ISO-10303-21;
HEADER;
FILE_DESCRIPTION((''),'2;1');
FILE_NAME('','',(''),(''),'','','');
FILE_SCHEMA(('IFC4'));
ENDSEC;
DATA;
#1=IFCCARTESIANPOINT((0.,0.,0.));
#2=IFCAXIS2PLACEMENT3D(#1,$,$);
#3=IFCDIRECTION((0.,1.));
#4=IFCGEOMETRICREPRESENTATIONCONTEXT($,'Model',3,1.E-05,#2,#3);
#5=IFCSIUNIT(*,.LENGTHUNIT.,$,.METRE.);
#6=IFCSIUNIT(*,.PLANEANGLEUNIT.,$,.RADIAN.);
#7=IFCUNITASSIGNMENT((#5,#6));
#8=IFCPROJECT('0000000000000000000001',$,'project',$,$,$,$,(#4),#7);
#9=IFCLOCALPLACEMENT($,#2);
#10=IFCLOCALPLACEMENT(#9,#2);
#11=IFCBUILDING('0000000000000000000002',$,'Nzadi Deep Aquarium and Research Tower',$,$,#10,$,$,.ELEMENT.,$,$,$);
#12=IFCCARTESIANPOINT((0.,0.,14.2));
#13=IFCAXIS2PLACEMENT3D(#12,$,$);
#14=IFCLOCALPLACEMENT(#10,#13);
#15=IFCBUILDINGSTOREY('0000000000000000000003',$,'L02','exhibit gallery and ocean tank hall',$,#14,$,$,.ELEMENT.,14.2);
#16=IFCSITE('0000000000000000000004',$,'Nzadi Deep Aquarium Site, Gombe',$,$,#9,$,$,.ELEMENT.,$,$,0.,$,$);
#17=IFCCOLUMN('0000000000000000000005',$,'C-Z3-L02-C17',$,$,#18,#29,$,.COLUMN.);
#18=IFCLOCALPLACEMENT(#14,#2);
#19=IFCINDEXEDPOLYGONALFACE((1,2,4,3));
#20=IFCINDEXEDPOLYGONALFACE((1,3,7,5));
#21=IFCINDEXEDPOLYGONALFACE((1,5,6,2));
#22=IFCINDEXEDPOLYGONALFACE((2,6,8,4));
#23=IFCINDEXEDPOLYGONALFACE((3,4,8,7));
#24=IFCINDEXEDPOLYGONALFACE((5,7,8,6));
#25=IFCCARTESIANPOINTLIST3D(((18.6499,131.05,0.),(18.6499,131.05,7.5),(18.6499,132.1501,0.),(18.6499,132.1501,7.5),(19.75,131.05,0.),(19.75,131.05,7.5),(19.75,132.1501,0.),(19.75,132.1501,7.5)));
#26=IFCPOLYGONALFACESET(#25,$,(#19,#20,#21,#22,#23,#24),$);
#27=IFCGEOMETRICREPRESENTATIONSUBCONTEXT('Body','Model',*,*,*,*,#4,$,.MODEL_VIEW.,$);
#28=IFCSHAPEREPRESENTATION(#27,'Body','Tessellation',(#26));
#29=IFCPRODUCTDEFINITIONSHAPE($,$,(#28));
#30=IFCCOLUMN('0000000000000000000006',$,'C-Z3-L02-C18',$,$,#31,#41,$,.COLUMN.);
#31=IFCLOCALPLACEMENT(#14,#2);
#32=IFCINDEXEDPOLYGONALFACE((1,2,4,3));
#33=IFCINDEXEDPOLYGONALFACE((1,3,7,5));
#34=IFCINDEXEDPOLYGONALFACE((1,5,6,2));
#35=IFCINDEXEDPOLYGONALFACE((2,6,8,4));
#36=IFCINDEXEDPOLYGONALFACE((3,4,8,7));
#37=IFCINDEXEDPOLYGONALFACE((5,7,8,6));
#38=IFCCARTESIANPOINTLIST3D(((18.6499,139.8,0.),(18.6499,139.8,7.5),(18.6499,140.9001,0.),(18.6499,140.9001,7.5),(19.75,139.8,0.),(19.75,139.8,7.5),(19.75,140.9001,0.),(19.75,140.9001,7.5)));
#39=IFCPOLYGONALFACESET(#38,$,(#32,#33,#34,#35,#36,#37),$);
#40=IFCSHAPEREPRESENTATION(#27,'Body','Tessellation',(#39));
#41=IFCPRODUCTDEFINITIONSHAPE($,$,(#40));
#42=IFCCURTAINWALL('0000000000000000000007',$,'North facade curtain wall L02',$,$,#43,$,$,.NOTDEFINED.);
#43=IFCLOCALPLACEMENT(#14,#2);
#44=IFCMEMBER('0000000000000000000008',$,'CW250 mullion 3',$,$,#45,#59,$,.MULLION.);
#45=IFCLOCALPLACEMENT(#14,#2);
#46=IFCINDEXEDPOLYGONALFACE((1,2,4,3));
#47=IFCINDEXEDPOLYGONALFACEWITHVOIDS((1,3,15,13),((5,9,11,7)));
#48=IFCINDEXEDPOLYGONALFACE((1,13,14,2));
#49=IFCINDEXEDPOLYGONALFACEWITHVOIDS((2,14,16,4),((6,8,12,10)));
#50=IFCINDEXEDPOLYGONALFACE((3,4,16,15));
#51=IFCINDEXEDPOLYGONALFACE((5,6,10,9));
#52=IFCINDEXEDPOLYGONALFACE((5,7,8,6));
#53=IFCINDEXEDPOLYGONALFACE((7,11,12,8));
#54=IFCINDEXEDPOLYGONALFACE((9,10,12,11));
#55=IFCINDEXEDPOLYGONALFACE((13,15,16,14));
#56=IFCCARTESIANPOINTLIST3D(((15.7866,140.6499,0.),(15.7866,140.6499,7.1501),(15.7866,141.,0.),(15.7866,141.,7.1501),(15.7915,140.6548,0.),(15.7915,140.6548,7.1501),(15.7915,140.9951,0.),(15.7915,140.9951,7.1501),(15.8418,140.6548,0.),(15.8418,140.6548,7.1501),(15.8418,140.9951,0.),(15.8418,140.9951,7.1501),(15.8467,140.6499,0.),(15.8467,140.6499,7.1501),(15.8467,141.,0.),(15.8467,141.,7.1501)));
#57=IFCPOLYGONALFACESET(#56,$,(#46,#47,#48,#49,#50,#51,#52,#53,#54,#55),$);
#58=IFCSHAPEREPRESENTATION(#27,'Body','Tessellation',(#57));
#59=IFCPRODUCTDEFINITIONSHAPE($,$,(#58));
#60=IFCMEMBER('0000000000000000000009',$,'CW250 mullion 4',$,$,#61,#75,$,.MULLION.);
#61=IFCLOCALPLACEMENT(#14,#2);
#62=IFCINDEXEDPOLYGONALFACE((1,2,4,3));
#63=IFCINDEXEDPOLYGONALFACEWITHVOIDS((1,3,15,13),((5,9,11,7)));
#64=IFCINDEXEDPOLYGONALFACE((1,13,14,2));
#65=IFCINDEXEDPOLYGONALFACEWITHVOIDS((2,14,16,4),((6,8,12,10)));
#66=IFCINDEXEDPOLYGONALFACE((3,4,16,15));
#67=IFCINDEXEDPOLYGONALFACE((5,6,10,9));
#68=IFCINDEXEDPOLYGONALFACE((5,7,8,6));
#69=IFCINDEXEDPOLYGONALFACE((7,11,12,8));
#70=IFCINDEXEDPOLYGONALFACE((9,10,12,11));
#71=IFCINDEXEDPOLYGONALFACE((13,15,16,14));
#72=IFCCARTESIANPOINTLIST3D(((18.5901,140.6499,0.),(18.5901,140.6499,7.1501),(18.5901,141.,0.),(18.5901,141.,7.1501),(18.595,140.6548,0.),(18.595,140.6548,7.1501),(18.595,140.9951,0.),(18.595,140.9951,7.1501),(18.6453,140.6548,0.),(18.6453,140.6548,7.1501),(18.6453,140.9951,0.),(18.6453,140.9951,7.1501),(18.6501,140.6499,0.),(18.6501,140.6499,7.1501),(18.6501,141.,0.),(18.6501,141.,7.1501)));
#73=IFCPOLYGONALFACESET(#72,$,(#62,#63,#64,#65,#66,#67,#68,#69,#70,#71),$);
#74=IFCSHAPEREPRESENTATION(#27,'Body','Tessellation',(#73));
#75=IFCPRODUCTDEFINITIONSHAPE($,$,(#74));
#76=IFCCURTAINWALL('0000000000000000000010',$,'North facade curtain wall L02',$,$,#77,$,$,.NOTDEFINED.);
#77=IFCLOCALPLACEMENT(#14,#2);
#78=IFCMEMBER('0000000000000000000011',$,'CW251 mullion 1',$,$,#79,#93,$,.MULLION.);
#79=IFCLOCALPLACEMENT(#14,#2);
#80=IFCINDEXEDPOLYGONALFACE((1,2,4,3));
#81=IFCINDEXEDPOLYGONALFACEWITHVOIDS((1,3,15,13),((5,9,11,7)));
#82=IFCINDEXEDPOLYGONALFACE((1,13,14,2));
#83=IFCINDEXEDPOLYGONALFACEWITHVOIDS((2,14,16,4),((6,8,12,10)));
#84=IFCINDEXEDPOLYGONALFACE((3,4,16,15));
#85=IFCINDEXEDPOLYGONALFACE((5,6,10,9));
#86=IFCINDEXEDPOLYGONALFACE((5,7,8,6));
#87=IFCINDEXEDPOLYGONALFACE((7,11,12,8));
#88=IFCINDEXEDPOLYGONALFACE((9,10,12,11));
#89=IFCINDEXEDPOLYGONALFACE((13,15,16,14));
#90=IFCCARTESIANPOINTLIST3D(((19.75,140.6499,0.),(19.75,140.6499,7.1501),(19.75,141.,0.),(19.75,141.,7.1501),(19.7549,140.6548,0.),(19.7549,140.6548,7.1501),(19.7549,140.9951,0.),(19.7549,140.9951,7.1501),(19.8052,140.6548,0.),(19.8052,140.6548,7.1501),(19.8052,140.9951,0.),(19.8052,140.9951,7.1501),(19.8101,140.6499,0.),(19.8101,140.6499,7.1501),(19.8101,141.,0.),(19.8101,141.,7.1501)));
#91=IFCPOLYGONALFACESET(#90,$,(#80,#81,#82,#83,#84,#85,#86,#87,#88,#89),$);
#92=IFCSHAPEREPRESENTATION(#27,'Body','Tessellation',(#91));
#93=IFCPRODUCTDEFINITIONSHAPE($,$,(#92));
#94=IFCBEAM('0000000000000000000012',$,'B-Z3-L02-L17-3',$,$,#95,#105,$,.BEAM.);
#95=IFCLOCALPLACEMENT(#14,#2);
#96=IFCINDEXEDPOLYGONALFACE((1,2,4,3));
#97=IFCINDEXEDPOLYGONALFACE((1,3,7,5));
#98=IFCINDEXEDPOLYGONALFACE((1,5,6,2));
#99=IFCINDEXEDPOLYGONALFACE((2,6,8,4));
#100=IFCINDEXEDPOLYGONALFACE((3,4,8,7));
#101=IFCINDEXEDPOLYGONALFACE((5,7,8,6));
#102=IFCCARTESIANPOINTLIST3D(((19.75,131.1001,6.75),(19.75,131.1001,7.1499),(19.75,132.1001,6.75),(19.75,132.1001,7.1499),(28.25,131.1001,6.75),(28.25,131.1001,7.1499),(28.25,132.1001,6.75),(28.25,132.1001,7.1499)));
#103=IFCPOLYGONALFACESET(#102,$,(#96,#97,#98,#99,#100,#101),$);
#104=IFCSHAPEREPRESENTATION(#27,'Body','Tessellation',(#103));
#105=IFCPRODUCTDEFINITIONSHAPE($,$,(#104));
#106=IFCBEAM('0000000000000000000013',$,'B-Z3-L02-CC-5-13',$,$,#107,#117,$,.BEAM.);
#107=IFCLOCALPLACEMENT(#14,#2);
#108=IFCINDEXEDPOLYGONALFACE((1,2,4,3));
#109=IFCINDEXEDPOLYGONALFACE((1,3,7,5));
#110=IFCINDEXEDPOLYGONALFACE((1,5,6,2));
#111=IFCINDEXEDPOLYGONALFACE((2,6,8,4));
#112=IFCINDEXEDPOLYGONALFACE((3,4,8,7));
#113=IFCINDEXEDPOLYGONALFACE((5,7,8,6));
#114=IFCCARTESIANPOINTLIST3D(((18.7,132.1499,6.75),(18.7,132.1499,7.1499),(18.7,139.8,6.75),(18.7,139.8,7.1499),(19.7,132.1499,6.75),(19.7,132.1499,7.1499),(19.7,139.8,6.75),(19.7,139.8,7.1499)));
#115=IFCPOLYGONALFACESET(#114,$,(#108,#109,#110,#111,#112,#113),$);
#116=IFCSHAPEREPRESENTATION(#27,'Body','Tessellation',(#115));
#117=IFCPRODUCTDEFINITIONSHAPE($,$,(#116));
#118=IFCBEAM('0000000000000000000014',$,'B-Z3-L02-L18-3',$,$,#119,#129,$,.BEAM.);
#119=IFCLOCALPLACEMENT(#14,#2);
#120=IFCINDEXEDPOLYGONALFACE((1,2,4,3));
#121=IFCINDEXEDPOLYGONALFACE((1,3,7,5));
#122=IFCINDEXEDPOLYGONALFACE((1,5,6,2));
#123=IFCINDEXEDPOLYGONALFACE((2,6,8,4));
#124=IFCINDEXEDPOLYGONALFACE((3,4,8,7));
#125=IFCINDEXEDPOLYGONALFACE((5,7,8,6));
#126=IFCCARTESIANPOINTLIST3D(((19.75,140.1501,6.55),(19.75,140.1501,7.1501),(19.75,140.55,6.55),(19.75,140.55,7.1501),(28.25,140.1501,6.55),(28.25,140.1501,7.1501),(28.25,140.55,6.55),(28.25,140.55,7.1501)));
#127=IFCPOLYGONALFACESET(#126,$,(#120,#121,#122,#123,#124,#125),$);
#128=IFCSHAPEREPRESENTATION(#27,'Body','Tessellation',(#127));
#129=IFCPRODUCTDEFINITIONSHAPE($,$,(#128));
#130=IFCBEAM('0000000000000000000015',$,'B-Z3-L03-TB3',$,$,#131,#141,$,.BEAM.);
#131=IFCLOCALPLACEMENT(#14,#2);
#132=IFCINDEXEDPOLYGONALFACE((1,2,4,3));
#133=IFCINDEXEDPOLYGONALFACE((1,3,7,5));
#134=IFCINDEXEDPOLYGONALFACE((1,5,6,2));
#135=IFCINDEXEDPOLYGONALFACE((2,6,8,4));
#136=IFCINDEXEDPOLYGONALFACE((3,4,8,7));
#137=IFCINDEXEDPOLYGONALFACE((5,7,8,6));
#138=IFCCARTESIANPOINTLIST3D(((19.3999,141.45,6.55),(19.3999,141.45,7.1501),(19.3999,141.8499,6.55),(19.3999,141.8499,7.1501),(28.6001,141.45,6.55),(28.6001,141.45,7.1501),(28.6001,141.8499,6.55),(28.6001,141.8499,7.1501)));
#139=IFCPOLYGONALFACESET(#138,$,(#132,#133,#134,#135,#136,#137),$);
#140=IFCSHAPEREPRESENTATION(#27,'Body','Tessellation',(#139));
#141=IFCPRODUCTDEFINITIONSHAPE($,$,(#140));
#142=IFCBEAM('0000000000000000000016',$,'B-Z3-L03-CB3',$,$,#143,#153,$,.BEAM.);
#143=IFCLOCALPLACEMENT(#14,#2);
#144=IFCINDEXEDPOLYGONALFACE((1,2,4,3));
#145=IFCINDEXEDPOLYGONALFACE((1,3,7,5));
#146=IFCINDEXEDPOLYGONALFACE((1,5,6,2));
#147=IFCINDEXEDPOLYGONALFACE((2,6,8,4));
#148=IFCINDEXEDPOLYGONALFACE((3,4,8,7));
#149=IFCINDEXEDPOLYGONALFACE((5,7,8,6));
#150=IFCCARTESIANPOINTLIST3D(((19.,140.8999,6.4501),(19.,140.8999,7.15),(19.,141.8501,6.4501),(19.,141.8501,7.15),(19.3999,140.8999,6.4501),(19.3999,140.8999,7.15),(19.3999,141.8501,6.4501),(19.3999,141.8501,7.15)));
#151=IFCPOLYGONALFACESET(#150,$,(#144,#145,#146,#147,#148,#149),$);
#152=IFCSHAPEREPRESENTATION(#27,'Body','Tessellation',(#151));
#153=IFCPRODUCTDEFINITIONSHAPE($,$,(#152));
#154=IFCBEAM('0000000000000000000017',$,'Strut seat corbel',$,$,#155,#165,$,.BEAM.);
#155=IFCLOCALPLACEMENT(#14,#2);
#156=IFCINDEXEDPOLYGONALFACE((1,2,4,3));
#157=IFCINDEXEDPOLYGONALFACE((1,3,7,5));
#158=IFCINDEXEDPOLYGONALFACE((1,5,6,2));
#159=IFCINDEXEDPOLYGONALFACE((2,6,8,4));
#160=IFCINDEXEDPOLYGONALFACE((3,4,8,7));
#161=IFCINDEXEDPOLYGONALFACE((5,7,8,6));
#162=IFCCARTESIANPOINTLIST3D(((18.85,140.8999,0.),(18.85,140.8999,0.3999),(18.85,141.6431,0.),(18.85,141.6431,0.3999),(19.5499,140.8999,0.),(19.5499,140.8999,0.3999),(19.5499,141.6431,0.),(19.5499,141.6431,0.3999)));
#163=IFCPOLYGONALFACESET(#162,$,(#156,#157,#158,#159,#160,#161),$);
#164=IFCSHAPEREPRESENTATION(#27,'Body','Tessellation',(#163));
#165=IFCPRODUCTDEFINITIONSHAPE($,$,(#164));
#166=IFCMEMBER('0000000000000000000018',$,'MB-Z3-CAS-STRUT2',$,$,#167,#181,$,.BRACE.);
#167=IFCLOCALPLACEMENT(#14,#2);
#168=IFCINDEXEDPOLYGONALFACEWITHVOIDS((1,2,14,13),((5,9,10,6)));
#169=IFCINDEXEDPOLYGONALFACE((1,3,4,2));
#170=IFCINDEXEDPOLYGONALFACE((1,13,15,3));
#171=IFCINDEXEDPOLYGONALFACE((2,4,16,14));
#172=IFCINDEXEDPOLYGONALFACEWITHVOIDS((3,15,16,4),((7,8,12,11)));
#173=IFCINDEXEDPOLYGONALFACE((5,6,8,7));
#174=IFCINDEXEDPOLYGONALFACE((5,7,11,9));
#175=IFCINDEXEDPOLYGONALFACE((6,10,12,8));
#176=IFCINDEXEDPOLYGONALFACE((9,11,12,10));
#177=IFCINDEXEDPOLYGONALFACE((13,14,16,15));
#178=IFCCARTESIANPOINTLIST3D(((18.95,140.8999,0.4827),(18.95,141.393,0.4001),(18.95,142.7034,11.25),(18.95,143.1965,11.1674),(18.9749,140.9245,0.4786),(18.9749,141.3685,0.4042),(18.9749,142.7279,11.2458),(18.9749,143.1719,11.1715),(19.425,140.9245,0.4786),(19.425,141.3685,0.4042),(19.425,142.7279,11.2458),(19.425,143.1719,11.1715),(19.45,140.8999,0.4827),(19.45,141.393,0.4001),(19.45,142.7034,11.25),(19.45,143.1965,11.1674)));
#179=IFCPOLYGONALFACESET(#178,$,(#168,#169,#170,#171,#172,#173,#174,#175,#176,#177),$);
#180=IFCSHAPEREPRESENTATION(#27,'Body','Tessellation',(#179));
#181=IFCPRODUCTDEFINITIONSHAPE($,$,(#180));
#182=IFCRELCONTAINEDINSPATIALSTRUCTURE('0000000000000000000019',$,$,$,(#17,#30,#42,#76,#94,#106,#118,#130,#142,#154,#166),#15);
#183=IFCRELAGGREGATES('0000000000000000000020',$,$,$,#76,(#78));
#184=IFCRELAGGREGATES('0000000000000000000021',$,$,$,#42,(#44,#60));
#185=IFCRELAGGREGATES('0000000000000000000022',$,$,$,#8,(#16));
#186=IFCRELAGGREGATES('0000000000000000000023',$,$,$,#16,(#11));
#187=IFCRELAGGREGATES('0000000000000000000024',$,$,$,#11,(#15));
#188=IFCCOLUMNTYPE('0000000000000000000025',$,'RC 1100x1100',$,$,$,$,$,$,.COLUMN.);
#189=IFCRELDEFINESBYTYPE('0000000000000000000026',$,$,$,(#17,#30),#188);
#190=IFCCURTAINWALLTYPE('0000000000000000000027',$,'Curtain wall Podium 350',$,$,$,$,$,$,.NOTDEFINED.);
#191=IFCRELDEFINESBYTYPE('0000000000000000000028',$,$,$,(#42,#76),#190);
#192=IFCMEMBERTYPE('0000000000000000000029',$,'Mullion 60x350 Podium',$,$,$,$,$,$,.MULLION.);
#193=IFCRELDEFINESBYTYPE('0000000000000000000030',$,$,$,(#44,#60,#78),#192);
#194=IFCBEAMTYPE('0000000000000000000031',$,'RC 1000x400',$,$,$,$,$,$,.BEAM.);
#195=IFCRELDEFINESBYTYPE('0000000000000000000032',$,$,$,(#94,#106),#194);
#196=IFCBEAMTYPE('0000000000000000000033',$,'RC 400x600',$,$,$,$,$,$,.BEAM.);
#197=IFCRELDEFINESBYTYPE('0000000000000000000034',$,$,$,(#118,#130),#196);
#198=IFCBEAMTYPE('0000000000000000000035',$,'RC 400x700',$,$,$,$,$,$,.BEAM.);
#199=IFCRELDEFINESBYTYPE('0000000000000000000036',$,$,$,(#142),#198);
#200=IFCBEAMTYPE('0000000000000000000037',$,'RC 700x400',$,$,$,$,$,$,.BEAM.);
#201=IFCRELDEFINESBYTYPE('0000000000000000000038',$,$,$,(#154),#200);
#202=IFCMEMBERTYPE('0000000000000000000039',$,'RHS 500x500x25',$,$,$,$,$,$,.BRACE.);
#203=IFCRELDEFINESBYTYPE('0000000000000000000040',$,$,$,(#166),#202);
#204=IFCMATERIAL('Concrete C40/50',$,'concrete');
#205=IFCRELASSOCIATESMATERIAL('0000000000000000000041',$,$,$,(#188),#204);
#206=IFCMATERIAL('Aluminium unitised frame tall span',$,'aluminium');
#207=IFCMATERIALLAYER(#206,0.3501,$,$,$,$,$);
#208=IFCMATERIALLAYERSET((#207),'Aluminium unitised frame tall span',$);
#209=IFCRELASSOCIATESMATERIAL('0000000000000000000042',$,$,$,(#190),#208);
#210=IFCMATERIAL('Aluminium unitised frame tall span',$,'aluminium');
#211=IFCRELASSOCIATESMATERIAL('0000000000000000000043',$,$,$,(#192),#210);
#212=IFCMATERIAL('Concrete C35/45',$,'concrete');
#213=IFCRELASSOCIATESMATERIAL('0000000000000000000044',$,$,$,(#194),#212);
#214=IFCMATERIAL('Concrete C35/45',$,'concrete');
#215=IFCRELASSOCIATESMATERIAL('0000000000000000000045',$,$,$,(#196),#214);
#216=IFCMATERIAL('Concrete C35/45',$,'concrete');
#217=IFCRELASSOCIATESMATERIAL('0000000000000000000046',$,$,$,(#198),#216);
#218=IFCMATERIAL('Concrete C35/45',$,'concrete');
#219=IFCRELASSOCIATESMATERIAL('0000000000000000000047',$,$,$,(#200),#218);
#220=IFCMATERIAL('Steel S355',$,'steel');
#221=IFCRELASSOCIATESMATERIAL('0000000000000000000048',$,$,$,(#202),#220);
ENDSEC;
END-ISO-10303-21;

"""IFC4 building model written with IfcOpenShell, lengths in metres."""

from ifc_helpers import new_model, si_unit, direction, frame, origin, origin_2d, place, context, subcontext, project, spatial, rectangle, hollow_rectangle, extrude, material, layer, layer_set, material_profile, profile_set, type_object, element, aggregate, save


model = new_model("IFC4")

# Units and contexts
model_context = context("Model", 3, precision=1e-05, world=origin(), true_north=direction((0.0, 1.0)))
body_context = subcontext(model_context, "Body", "Model", "MODEL_VIEW")
ifc_project = project(units=[si_unit("LENGTHUNIT", "METRE"), si_unit("PLANEANGLEUNIT", "RADIAN")], contexts=[model_context])

# Site, building, storey
site_placement = place(None, origin())
site = spatial("IfcSite", under=ifc_project, at=site_placement, Name="Nzadi Deep Aquarium Site, Gombe", CompositionType="ELEMENT", RefElevation=0.0)
building_placement = place(site_placement, origin())
building = spatial("IfcBuilding", under=site, at=building_placement, Name="Nzadi Deep Aquarium and Research Tower", CompositionType="ELEMENT")
storey_placement = place(building_placement, frame((0.0, 0.0, 14.2)))
storey = spatial("IfcBuildingStorey", under=building, at=storey_placement, Name="L02", Description="exhibit gallery and ocean tank hall", CompositionType="ELEMENT", Elevation=14.2)

# Columns
ifc_material_1 = material(Name="Concrete C40/50", Category="concrete")
ifc_material_profile_1 = material_profile(ifc_material_1, rectangle(XDim=1.1001, YDim=1.1001, at=origin_2d()))
ifc_profile_set_1 = profile_set([ifc_material_profile_1], Name="Concrete C40/50")
column_type = type_object("IfcColumnType", Name="RC 1100x1100", PredefinedType="COLUMN", material=ifc_profile_set_1)
for number, where, z_axis, x_axis, name in (
    (1, (19.2, 131.6001, 0.0), (0.0, 0.0, 1.0), (1.0, 0.0, 0.0), "C-Z3-L02-C17"),
    (2, (19.2, 140.3501, 0.0), (0.0, 0.0, 1.0), (1.0, 0.0, 0.0), "C-Z3-L02-C18"),
):
    element("IfcColumn", number, at=place(storey_placement, frame(where, z_axis=z_axis, x_axis=x_axis)), inside=storey, type_object=column_type, Name=name, PredefinedType="COLUMN", context=body_context, shape_type="SweptSolid", body=[
        extrude(rectangle(XDim=1.1001, YDim=1.1001, at=origin_2d()), origin(), (0.0, 0.0, 1.0), 7.5),
    ])

# Curtain wall, members
ifc_material_2 = material(Name="Aluminium unitised frame tall span", Category="aluminium")
ifc_layer_1 = layer(ifc_material_2, 0.3501)
ifc_layer_set_1 = layer_set([ifc_layer_1], Name="Aluminium unitised frame tall span")
curtain_wall_type = type_object("IfcCurtainWallType", Name="Curtain wall Podium 350", PredefinedType="NOTDEFINED", material=ifc_layer_set_1)
curtain_wall_1_placement = place(storey_placement, origin())
curtain_wall_1 = element("IfcCurtainWall", 3, at=curtain_wall_1_placement, inside=storey, type_object=curtain_wall_type, Name="North facade curtain wall L02", PredefinedType="NOTDEFINED")
ifc_material_3 = material(Name="Aluminium unitised frame tall span", Category="aluminium")
ifc_material_profile_2 = material_profile(ifc_material_3, hollow_rectangle(XDim=0.3501, YDim=0.0601, WallThickness=0.0049, at=origin_2d()))
ifc_profile_set_2 = profile_set([ifc_material_profile_2], Name="Aluminium unitised frame tall span")
member_type_1 = type_object("IfcMemberType", Name="Mullion 60x350 Podium", PredefinedType="MULLION", material=ifc_profile_set_2)
member_1_placement = place(storey_placement, frame((15.8167, 140.825, 0.0), z_axis=(0.0, 0.0, 1.0), x_axis=(0.0, 1.0, 0.0)))
member_1 = element("IfcMember", 4, at=member_1_placement, type_object=member_type_1, Name="CW250 mullion 3", PredefinedType="MULLION", context=body_context, shape_type="SweptSolid", body=[
    extrude(hollow_rectangle(XDim=0.3501, YDim=0.0601, WallThickness=0.0049, at=origin_2d()), origin(), (0.0, 0.0, 1.0), 7.1501),
])
member_2_placement = place(storey_placement, frame((18.6201, 140.825, 0.0), z_axis=(0.0, 0.0, 1.0), x_axis=(0.0, 1.0, 0.0)))
member_2 = element("IfcMember", 5, at=member_2_placement, type_object=member_type_1, Name="CW250 mullion 4", PredefinedType="MULLION", context=body_context, shape_type="SweptSolid", body=[
    extrude(hollow_rectangle(XDim=0.3501, YDim=0.0601, WallThickness=0.0049, at=origin_2d()), origin(), (0.0, 0.0, 1.0), 7.1501),
])

# Curtain wall, member
curtain_wall_2_placement = place(storey_placement, origin())
curtain_wall_2 = element("IfcCurtainWall", 6, at=curtain_wall_2_placement, inside=storey, type_object=curtain_wall_type, Name="North facade curtain wall L02", PredefinedType="NOTDEFINED")
member_3_placement = place(storey_placement, frame((19.78, 140.825, 0.0), z_axis=(0.0, 0.0, 1.0), x_axis=(0.0, 1.0, 0.0)))
member_3 = element("IfcMember", 7, at=member_3_placement, type_object=member_type_1, Name="CW251 mullion 1", PredefinedType="MULLION", context=body_context, shape_type="SweptSolid", body=[
    extrude(hollow_rectangle(XDim=0.3501, YDim=0.0601, WallThickness=0.0049, at=origin_2d()), origin(), (0.0, 0.0, 1.0), 7.1501),
])

# Beams
ifc_material_4 = material(Name="Concrete C35/45", Category="concrete")
ifc_material_profile_3 = material_profile(ifc_material_4, rectangle(XDim=1.0, YDim=0.3999, at=origin_2d()))
ifc_profile_set_3 = profile_set([ifc_material_profile_3], Name="Concrete C35/45")
beam_type_1 = type_object("IfcBeamType", Name="RC 1000x400", PredefinedType="BEAM", material=ifc_profile_set_3)
beam_1_placement = place(storey_placement, frame((19.75, 131.6001, 6.95), z_axis=(1.0, 0.0, 0.0), x_axis=(0.0, 1.0, 0.0)))
element("IfcBeam", 8, at=beam_1_placement, inside=storey, type_object=beam_type_1, Name="B-Z3-L02-L17-3", PredefinedType="BEAM", context=body_context, shape_type="SweptSolid", body=[
    extrude(rectangle(XDim=1.0, YDim=0.3999, at=origin_2d()), origin(), (0.0, 0.0, 1.0), 8.5),
])
beam_2_placement = place(storey_placement, frame((19.2, 132.1499, 6.95), z_axis=(0.0, 1.0, 0.0), x_axis=(-1.0, 0.0, 0.0)))
element("IfcBeam", 9, at=beam_2_placement, inside=storey, type_object=beam_type_1, Name="B-Z3-L02-CC-5-13", PredefinedType="BEAM", context=body_context, shape_type="SweptSolid", body=[
    extrude(rectangle(XDim=1.0, YDim=0.3999, at=origin_2d()), origin(), (0.0, 0.0, 1.0), 7.6501),
])
ifc_material_5 = material(Name="Concrete C35/45", Category="concrete")
ifc_material_profile_4 = material_profile(ifc_material_5, rectangle(XDim=0.3999, YDim=0.6001, at=origin_2d()))
ifc_profile_set_4 = profile_set([ifc_material_profile_4], Name="Concrete C35/45")
beam_type_2 = type_object("IfcBeamType", Name="RC 400x600", PredefinedType="BEAM", material=ifc_profile_set_4)
beam_3_placement = place(storey_placement, frame((19.75, 140.3501, 6.8501), z_axis=(1.0, 0.0, 0.0), x_axis=(0.0, 1.0, 0.0)))
element("IfcBeam", 10, at=beam_3_placement, inside=storey, type_object=beam_type_2, Name="B-Z3-L02-L18-3", PredefinedType="BEAM", context=body_context, shape_type="SweptSolid", body=[
    extrude(rectangle(XDim=0.3999, YDim=0.6001, at=origin_2d()), origin(), (0.0, 0.0, 1.0), 8.5),
])
beam_4_placement = place(storey_placement, frame((19.3999, 141.6499, 6.8501), z_axis=(1.0, 0.0, 0.0), x_axis=(0.0, 1.0, 0.0)))
element("IfcBeam", 11, at=beam_4_placement, inside=storey, type_object=beam_type_2, Name="B-Z3-L03-TB3", PredefinedType="BEAM", context=body_context, shape_type="SweptSolid", body=[
    extrude(rectangle(XDim=0.3999, YDim=0.6001, at=origin_2d()), origin(), (0.0, 0.0, 1.0), 9.2002),
])
ifc_material_6 = material(Name="Concrete C35/45", Category="concrete")
ifc_material_profile_5 = material_profile(ifc_material_6, rectangle(XDim=0.3999, YDim=0.7, at=origin_2d()))
ifc_profile_set_5 = profile_set([ifc_material_profile_5], Name="Concrete C35/45")
beam_type_3 = type_object("IfcBeamType", Name="RC 400x700", PredefinedType="BEAM", material=ifc_profile_set_5)
beam_5_placement = place(storey_placement, frame((19.2, 140.8999, 6.8), z_axis=(0.0, 1.0, 0.0), x_axis=(-1.0, 0.0, 0.0)))
element("IfcBeam", 12, at=beam_5_placement, inside=storey, type_object=beam_type_3, Name="B-Z3-L03-CB3", PredefinedType="BEAM", context=body_context, shape_type="SweptSolid", body=[
    extrude(rectangle(XDim=0.3999, YDim=0.7, at=origin_2d()), origin(), (0.0, 0.0, 1.0), 0.9502),
])
ifc_material_7 = material(Name="Concrete C35/45", Category="concrete")
ifc_material_profile_6 = material_profile(ifc_material_7, rectangle(XDim=0.7, YDim=0.3999, at=origin_2d()))
ifc_profile_set_6 = profile_set([ifc_material_profile_6], Name="Concrete C35/45")
beam_type_4 = type_object("IfcBeamType", Name="RC 700x400", PredefinedType="BEAM", material=ifc_profile_set_6)
beam_6_placement = place(storey_placement, frame((19.2, 140.8999, 0.2), z_axis=(0.0, 1.0, 0.0), x_axis=(-1.0, 0.0, 0.0)))
element("IfcBeam", 13, at=beam_6_placement, inside=storey, type_object=beam_type_4, Name="Strut seat corbel", PredefinedType="BEAM", context=body_context, shape_type="SweptSolid", body=[
    extrude(rectangle(XDim=0.7, YDim=0.3999, at=origin_2d()), origin(), (0.0, 0.0, 1.0), 0.7432),
])

# Member
ifc_material_8 = material(Name="Steel S355", Category="steel")
ifc_material_profile_7 = material_profile(ifc_material_8, hollow_rectangle(XDim=0.5, YDim=0.5, WallThickness=0.0249, at=origin_2d()))
ifc_profile_set_7 = profile_set([ifc_material_profile_7], Name="Steel S355")
member_type_2 = type_object("IfcMemberType", Name="RHS 500x500x25", PredefinedType="BRACE", material=ifc_profile_set_7)
member_4_placement = place(storey_placement, frame((19.2, 141.1465, 0.4414), z_axis=(0.0, 0.165193, 0.986261), x_axis=(-1.0, 0.0, 0.0)))
element("IfcMember", 14, at=member_4_placement, inside=storey, type_object=member_type_2, Name="MB-Z3-CAS-STRUT2", PredefinedType="BRACE", context=body_context, shape_type="SweptSolid", body=[
    extrude(hollow_rectangle(XDim=0.5, YDim=0.5, WallThickness=0.0249, at=origin_2d()), origin(), (0.0, 0.0, 1.0), 10.9172),
])
aggregate(curtain_wall_2, [member_3])

aggregate(curtain_wall_1, [member_1, member_2])

save(model, "model.ifc")
